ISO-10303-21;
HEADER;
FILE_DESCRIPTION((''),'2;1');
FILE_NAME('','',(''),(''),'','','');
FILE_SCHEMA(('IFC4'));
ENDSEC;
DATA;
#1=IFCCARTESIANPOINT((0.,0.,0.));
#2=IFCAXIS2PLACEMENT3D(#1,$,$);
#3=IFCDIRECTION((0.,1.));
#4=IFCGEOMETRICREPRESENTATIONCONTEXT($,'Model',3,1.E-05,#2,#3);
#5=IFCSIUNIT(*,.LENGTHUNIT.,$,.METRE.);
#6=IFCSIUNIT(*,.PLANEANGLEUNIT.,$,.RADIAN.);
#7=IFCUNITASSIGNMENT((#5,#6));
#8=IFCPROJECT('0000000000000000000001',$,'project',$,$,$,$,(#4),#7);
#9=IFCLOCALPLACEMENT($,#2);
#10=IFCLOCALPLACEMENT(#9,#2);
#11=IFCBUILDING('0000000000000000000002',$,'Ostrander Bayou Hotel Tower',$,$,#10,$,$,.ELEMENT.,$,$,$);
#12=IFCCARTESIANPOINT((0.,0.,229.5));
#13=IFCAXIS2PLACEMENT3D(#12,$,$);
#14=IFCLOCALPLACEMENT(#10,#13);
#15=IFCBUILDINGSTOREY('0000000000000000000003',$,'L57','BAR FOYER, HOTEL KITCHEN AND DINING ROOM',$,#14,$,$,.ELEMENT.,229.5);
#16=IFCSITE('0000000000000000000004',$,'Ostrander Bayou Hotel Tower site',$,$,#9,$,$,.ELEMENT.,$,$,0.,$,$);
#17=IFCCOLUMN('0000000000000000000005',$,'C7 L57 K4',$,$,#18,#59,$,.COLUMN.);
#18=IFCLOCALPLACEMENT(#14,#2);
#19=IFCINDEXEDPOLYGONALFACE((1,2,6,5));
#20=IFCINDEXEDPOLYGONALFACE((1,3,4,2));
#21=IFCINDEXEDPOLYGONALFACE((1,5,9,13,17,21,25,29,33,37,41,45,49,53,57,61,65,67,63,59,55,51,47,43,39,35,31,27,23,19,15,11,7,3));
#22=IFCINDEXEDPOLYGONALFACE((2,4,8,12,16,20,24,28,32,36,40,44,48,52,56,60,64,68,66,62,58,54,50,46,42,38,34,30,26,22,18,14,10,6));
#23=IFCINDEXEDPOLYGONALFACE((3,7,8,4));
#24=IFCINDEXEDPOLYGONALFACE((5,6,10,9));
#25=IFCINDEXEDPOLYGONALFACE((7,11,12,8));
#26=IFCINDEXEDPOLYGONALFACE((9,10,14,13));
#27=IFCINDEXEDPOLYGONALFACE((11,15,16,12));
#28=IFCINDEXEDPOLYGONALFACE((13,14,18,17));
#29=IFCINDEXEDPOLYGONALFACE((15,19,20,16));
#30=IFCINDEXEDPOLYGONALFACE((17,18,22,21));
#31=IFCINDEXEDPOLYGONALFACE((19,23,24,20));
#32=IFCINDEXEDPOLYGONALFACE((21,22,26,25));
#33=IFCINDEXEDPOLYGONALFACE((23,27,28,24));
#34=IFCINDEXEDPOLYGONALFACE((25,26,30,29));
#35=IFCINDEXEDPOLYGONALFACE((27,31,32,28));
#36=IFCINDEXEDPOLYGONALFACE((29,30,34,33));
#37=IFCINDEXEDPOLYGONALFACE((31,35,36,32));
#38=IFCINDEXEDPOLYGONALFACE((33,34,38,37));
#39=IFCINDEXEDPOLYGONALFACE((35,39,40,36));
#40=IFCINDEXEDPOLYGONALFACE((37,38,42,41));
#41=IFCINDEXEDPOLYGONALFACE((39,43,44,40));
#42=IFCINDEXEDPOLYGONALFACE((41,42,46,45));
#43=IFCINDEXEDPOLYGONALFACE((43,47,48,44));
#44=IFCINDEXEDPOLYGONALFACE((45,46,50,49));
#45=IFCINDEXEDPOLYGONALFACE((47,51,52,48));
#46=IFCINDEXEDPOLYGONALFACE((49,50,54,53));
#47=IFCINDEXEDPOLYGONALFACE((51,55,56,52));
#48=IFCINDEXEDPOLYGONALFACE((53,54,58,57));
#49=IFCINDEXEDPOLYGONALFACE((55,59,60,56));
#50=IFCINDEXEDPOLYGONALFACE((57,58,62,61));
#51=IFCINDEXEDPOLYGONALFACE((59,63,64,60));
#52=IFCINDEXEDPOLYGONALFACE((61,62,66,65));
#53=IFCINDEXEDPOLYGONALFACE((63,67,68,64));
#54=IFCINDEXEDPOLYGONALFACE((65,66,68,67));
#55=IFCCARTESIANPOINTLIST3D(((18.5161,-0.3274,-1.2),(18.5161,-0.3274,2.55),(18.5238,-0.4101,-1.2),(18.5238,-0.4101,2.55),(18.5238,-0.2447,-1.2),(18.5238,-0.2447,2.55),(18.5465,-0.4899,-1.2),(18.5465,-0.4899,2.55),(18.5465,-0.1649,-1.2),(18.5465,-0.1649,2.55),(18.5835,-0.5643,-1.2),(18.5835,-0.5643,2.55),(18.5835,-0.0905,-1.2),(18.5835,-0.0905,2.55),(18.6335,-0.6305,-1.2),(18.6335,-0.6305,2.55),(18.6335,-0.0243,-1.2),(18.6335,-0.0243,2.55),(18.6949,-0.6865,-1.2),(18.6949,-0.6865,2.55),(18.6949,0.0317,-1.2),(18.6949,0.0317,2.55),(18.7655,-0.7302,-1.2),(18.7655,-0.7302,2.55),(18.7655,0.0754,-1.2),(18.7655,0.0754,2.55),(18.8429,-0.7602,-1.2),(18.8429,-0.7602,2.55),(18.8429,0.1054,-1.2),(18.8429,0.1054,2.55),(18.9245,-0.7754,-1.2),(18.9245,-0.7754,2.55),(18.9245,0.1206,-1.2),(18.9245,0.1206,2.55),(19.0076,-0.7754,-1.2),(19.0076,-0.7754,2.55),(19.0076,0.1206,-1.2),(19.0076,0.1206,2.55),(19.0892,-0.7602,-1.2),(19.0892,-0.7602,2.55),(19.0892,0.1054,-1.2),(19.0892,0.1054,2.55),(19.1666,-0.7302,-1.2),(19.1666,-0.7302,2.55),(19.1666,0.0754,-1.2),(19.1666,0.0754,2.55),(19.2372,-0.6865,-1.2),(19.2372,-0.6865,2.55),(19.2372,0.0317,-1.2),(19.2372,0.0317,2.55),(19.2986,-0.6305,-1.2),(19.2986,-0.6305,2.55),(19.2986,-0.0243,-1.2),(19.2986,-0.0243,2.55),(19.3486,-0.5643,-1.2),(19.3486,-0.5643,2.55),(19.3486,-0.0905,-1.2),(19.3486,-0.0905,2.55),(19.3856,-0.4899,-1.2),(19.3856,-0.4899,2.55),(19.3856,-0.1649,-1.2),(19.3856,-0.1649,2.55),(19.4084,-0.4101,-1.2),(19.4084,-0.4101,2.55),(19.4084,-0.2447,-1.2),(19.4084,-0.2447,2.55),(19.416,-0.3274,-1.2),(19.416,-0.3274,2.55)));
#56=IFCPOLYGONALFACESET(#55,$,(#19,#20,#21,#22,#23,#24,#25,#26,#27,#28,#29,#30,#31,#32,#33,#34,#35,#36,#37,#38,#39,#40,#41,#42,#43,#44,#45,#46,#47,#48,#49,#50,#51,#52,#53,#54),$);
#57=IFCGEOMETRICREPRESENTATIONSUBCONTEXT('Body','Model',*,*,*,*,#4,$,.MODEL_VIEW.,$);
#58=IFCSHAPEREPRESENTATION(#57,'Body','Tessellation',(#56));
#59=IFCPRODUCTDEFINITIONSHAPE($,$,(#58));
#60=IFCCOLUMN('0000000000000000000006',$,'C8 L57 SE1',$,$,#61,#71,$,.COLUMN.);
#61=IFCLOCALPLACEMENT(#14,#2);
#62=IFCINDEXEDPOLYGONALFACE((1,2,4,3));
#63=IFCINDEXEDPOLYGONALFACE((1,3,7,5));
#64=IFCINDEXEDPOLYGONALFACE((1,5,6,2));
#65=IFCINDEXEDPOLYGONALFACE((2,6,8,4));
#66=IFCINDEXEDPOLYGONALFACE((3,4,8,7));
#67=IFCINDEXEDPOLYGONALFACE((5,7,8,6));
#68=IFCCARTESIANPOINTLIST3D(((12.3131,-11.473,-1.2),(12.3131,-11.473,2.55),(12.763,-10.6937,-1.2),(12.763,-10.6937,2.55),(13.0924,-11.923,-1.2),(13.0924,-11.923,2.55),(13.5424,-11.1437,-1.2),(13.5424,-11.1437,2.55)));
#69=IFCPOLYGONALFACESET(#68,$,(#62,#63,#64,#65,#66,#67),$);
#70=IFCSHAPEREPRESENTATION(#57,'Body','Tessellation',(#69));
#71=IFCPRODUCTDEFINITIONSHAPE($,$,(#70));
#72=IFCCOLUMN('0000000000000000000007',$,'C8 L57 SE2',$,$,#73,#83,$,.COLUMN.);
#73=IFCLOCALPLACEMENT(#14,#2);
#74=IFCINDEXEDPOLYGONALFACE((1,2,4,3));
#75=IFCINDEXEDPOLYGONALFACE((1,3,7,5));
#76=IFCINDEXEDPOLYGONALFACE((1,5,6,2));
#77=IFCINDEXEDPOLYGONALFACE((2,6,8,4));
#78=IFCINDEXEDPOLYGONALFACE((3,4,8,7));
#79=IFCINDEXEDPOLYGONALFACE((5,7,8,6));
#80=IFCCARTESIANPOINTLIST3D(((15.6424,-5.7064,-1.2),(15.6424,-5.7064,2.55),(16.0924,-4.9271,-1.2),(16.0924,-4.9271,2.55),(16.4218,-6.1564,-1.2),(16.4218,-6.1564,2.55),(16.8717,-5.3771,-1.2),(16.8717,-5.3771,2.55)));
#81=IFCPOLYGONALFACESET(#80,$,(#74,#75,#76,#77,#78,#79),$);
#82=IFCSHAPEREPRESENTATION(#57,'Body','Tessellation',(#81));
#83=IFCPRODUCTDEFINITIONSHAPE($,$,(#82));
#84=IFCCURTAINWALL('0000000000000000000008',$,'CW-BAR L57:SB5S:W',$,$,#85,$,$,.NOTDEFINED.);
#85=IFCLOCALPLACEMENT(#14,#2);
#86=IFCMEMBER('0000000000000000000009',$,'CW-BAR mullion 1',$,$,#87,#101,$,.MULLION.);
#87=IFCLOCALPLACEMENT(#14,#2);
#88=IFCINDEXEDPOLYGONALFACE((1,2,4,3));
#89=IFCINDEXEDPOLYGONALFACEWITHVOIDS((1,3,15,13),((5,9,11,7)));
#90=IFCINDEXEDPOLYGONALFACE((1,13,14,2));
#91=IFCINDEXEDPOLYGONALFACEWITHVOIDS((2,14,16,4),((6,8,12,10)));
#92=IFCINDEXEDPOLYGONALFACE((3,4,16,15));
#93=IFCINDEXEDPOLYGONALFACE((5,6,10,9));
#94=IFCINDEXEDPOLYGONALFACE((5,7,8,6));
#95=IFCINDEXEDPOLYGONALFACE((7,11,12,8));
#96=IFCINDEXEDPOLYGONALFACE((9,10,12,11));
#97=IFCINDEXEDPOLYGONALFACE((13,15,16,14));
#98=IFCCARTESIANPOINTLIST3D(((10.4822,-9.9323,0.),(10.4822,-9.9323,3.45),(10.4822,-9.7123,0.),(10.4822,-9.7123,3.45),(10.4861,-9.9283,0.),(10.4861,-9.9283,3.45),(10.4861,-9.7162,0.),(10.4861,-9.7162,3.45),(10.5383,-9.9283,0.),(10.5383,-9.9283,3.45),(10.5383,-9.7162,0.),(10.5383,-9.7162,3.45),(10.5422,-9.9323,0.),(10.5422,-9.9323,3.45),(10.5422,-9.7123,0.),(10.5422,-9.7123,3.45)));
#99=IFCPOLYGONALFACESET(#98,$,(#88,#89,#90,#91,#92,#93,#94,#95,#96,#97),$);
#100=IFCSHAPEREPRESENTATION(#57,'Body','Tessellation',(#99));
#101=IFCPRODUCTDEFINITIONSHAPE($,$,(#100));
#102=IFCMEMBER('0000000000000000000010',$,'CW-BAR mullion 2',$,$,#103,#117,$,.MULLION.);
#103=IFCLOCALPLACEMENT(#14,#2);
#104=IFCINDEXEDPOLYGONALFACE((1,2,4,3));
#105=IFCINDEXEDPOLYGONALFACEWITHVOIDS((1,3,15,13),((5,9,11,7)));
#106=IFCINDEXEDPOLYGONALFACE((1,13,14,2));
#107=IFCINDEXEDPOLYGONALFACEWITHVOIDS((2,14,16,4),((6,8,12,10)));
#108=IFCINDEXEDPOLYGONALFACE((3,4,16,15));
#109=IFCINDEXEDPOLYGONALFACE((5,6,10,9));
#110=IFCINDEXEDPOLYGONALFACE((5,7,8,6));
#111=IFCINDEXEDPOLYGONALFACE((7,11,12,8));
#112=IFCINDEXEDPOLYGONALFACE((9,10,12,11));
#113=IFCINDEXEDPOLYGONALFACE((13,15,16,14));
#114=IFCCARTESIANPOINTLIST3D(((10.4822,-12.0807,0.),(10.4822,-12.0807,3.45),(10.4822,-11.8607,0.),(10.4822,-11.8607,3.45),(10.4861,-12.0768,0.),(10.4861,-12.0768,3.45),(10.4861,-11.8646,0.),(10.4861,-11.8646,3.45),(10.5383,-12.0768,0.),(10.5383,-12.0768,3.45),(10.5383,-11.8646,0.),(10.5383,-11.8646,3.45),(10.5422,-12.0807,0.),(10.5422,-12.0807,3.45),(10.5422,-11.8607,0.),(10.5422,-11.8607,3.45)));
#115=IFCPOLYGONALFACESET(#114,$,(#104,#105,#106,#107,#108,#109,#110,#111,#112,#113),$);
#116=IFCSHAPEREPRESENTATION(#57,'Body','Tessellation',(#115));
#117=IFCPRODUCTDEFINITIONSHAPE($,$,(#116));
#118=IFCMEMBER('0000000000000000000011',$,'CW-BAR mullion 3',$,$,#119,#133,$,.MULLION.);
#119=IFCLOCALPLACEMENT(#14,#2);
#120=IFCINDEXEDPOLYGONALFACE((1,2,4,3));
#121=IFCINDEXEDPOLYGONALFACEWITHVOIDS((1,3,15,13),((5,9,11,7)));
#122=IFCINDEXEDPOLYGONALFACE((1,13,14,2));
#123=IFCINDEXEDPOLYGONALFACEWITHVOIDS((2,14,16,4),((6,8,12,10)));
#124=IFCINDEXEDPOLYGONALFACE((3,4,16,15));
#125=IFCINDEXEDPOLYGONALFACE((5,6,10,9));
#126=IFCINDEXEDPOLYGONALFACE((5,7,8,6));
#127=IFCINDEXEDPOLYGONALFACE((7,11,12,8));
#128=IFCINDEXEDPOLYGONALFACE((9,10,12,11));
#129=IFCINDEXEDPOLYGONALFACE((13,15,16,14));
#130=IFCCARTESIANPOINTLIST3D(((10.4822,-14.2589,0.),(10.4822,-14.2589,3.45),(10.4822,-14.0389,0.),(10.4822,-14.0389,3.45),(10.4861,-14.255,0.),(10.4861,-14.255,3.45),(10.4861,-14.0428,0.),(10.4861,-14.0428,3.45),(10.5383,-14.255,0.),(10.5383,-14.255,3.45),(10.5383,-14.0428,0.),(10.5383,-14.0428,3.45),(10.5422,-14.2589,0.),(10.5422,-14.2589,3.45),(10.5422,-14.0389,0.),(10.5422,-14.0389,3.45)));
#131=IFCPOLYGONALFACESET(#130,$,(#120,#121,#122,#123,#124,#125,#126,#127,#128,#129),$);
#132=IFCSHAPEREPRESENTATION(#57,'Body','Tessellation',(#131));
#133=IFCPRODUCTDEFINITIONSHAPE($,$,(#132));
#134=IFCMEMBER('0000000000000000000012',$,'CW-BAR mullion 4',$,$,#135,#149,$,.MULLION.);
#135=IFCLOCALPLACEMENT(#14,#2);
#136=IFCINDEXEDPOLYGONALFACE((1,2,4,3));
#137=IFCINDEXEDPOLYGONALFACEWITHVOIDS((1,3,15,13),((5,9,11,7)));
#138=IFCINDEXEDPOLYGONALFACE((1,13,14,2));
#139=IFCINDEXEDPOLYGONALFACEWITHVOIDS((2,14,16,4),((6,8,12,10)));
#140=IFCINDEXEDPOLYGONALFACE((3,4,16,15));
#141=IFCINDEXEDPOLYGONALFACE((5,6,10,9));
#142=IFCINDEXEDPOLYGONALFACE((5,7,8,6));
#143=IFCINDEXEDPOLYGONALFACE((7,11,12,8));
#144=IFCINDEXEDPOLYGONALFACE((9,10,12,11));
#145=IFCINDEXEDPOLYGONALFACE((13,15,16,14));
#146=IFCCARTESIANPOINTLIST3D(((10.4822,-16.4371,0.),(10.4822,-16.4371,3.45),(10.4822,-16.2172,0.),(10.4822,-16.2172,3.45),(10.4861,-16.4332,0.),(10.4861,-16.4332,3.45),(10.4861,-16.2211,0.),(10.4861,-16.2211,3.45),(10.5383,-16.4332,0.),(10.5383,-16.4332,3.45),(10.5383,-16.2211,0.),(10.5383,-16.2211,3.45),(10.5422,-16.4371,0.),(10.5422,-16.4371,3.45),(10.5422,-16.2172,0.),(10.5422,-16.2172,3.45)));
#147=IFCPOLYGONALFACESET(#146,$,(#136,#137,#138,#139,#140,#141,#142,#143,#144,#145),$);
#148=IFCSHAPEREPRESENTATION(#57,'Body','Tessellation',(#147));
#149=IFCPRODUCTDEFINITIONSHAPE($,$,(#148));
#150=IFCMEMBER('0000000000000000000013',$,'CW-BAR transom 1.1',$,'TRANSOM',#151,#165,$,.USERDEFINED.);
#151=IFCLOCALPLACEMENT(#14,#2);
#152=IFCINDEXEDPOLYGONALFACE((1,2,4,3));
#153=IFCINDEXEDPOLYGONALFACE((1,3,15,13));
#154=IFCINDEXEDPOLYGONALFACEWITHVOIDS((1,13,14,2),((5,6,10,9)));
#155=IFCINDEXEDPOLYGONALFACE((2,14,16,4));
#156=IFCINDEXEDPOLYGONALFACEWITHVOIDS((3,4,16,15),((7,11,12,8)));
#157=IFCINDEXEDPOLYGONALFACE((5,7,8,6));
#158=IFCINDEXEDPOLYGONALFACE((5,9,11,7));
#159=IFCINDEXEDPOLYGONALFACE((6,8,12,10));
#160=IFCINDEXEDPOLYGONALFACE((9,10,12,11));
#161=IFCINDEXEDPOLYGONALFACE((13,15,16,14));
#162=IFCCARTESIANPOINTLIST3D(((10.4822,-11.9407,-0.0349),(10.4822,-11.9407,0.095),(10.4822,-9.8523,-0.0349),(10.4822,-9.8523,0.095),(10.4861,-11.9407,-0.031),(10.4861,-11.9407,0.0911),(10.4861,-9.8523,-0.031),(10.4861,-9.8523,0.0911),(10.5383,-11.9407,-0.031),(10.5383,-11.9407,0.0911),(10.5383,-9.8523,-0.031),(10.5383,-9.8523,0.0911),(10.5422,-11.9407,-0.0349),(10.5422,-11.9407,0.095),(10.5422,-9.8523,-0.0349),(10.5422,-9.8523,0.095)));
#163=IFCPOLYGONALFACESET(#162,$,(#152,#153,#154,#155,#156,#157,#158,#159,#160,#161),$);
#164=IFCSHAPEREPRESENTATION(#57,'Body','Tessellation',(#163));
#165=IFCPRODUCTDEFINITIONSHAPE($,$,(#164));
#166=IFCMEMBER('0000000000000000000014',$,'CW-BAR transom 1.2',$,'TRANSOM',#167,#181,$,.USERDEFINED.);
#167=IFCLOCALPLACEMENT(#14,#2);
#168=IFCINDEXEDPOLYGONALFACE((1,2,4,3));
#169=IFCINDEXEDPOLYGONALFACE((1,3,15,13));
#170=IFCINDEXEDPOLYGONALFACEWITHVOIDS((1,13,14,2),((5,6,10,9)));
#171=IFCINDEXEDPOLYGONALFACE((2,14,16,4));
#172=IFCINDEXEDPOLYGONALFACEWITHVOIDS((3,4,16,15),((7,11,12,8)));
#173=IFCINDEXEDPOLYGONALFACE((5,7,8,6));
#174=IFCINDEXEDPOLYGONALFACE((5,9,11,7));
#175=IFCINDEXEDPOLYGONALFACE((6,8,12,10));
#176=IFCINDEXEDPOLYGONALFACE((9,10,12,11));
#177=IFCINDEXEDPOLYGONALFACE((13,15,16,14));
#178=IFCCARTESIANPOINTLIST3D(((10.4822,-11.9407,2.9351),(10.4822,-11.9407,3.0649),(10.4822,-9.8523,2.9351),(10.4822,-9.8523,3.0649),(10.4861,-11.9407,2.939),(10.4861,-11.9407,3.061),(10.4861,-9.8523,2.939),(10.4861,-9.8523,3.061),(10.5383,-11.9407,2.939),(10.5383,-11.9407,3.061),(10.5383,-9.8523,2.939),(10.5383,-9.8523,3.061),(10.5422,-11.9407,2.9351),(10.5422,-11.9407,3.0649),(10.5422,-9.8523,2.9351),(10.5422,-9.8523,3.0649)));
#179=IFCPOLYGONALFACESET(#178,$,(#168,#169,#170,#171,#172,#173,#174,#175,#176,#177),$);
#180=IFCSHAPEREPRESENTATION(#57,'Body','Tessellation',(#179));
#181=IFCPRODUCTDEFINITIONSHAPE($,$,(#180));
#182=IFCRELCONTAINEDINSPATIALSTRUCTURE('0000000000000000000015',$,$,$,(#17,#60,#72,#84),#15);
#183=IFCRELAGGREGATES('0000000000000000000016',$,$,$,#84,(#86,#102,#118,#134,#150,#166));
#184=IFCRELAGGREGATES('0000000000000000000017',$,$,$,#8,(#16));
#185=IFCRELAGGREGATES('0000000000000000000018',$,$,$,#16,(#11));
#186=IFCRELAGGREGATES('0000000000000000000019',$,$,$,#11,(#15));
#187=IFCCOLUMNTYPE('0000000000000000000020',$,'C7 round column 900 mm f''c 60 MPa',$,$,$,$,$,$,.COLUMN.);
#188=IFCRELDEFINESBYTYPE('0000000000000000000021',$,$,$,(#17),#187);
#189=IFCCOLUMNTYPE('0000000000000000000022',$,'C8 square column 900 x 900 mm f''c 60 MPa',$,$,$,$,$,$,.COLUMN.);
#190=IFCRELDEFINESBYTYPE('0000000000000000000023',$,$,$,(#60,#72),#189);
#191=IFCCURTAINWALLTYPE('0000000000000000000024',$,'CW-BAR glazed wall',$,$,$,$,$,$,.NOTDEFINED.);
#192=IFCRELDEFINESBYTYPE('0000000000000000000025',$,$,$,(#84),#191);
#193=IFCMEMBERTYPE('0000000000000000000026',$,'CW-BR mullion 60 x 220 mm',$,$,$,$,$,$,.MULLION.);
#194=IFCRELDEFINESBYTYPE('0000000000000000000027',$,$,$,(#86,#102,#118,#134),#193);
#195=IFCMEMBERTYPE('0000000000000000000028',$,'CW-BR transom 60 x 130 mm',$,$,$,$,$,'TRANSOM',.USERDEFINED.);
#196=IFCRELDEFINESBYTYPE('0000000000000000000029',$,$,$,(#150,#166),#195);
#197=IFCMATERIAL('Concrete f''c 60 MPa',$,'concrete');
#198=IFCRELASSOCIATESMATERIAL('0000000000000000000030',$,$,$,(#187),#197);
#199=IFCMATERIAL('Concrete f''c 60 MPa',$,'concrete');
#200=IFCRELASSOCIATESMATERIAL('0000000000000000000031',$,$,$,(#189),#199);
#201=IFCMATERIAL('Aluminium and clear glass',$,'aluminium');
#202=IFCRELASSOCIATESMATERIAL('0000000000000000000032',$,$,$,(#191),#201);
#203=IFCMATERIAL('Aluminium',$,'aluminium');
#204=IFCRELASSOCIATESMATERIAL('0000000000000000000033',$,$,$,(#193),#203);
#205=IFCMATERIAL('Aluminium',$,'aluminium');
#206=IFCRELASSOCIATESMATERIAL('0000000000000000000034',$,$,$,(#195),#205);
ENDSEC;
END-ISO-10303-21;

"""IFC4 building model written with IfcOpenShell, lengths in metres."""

from ifc_helpers import new_model, si_unit, direction, frame, origin, origin_2d, place, context, subcontext, project, spatial, rectangle, hollow_rectangle, circle, extrude, material, material_profile, profile_set, type_object, element, aggregate, save


model = new_model("IFC4")

# Units and contexts
model_context = context("Model", 3, precision=1e-05, world=origin(), true_north=direction((0.0, 1.0)))
body_context = subcontext(model_context, "Body", "Model", "MODEL_VIEW")
ifc_project = project(units=[si_unit("LENGTHUNIT", "METRE"), si_unit("PLANEANGLEUNIT", "RADIAN")], contexts=[model_context])

# Site, building, storey
site_placement = place(None, origin())
site = spatial("IfcSite", under=ifc_project, at=site_placement, Name="Ostrander Bayou Hotel Tower site", CompositionType="ELEMENT", RefElevation=0.0)
building_placement = place(site_placement, origin())
building = spatial("IfcBuilding", under=site, at=building_placement, Name="Ostrander Bayou Hotel Tower", CompositionType="ELEMENT")
storey_placement = place(building_placement, frame((0.0, 0.0, 229.5)))
storey = spatial("IfcBuildingStorey", under=building, at=storey_placement, Name="L57", Description="BAR FOYER, HOTEL KITCHEN AND DINING ROOM", CompositionType="ELEMENT", Elevation=229.5)

# Columns
ifc_material_1 = material(Name="Concrete f'c 60 MPa", Category="concrete")
ifc_material_profile_1 = material_profile(ifc_material_1, circle(Radius=0.45, at=origin_2d()))
ifc_profile_set_1 = profile_set([ifc_material_profile_1], Name="Concrete f'c 60 MPa")
column_type_1 = type_object("IfcColumnType", Name="C7 round column 900 mm f'c 60 MPa", PredefinedType="COLUMN", material=ifc_profile_set_1)
column_placement = place(storey_placement, frame((18.9661, -0.3274, -1.2), z_axis=(0.0, 0.0, 1.0), x_axis=(1.0, 0.0, 0.0)))
element("IfcColumn", 1, at=column_placement, inside=storey, type_object=column_type_1, Name="C7 L57 K4", PredefinedType="COLUMN", context=body_context, shape_type="SweptSolid", body=[
    extrude(circle(Radius=0.45, at=origin_2d()), origin(), (0.0, 0.0, 1.0), 3.75),
])
ifc_material_2 = material(Name="Concrete f'c 60 MPa", Category="concrete")
ifc_material_profile_2 = material_profile(ifc_material_2, rectangle(XDim=0.8999, YDim=0.8999, at=origin_2d()))
ifc_profile_set_2 = profile_set([ifc_material_profile_2], Name="Concrete f'c 60 MPa")
column_type_2 = type_object("IfcColumnType", Name="C8 square column 900 x 900 mm f'c 60 MPa", PredefinedType="COLUMN", material=ifc_profile_set_2)
for number, where, z_axis, x_axis, name in (
    (2, (12.9277, -11.3083, -1.2), (0.0, 0.0, 1.0), (-0.5, -0.866025, 0.0), "C8 L57 SE1"),
    (3, (16.2571, -5.5417, -1.2), (0.0, 0.0, 1.0), (-0.5, -0.866025, 0.0), "C8 L57 SE2"),
):
    element("IfcColumn", number, at=place(storey_placement, frame(where, z_axis=z_axis, x_axis=x_axis)), inside=storey, type_object=column_type_2, Name=name, PredefinedType="COLUMN", context=body_context, shape_type="SweptSolid", body=[
        extrude(rectangle(XDim=0.8999, YDim=0.8999, at=origin_2d()), origin(), (0.0, 0.0, 1.0), 3.75),
    ])

# Curtain wall, members
ifc_material_3 = material(Name="Aluminium and clear glass", Category="aluminium")
curtain_wall_type = type_object("IfcCurtainWallType", Name="CW-BAR glazed wall", PredefinedType="NOTDEFINED", material=ifc_material_3)
curtain_wall_placement = place(storey_placement, origin())
curtain_wall = element("IfcCurtainWall", 4, at=curtain_wall_placement, inside=storey, type_object=curtain_wall_type, Name="CW-BAR L57:SB5S:W", PredefinedType="NOTDEFINED")
ifc_material_4 = material(Name="Aluminium", Category="aluminium")
ifc_material_profile_3 = material_profile(ifc_material_4, hollow_rectangle(XDim=0.0601, YDim=0.22, WallThickness=0.0039, at=origin_2d()))
ifc_profile_set_3 = profile_set([ifc_material_profile_3], Name="Aluminium")
member_type_1 = type_object("IfcMemberType", Name="CW-BR mullion 60 x 220 mm", PredefinedType="MULLION", material=ifc_profile_set_3)
member_1_placement = place(storey_placement, frame((10.5122, -9.8223, 0.0), z_axis=(0.0, 0.0, 1.0), x_axis=(1.0, 0.0, 0.0)))
member_1 = element("IfcMember", 5, at=member_1_placement, type_object=member_type_1, Name="CW-BAR mullion 1", PredefinedType="MULLION", context=body_context, shape_type="SweptSolid", body=[
    extrude(hollow_rectangle(XDim=0.0601, YDim=0.22, WallThickness=0.0039, at=origin_2d()), origin(), (0.0, 0.0, 1.0), 3.45),
])
member_2_placement = place(storey_placement, frame((10.5122, -11.9707, 0.0), z_axis=(0.0, 0.0, 1.0), x_axis=(1.0, 0.0, 0.0)))
member_2 = element("IfcMember", 6, at=member_2_placement, type_object=member_type_1, Name="CW-BAR mullion 2", PredefinedType="MULLION", context=body_context, shape_type="SweptSolid", body=[
    extrude(hollow_rectangle(XDim=0.0601, YDim=0.22, WallThickness=0.0039, at=origin_2d()), origin(), (0.0, 0.0, 1.0), 3.45),
])
member_3_placement = place(storey_placement, frame((10.5122, -14.1489, 0.0), z_axis=(0.0, 0.0, 1.0), x_axis=(1.0, 0.0, 0.0)))
member_3 = element("IfcMember", 7, at=member_3_placement, type_object=member_type_1, Name="CW-BAR mullion 3", PredefinedType="MULLION", context=body_context, shape_type="SweptSolid", body=[
    extrude(hollow_rectangle(XDim=0.0601, YDim=0.22, WallThickness=0.0039, at=origin_2d()), origin(), (0.0, 0.0, 1.0), 3.45),
])
member_4_placement = place(storey_placement, frame((10.5122, -16.3271, 0.0), z_axis=(0.0, 0.0, 1.0), x_axis=(1.0, 0.0, 0.0)))
member_4 = element("IfcMember", 8, at=member_4_placement, type_object=member_type_1, Name="CW-BAR mullion 4", PredefinedType="MULLION", context=body_context, shape_type="SweptSolid", body=[
    extrude(hollow_rectangle(XDim=0.0601, YDim=0.22, WallThickness=0.0039, at=origin_2d()), origin(), (0.0, 0.0, 1.0), 3.45),
])
ifc_material_5 = material(Name="Aluminium", Category="aluminium")
ifc_material_profile_4 = material_profile(ifc_material_5, hollow_rectangle(XDim=0.0601, YDim=0.1299, WallThickness=0.0039, at=origin_2d()))
ifc_profile_set_4 = profile_set([ifc_material_profile_4], Name="Aluminium")
member_type_2 = type_object("IfcMemberType", Name="CW-BR transom 60 x 130 mm", ElementType="TRANSOM", PredefinedType="USERDEFINED", material=ifc_profile_set_4)
member_5_placement = place(storey_placement, frame((10.5122, -9.8523, 0.03), z_axis=(0.0, -1.0, 0.0), x_axis=(1.0, 0.0, 0.0)))
member_5 = element("IfcMember", 9, at=member_5_placement, type_object=member_type_2, Name="CW-BAR transom 1.1", ObjectType="TRANSOM", PredefinedType="USERDEFINED", context=body_context, shape_type="SweptSolid", body=[
    extrude(hollow_rectangle(XDim=0.0601, YDim=0.1299, WallThickness=0.0039, at=origin_2d()), origin(), (0.0, 0.0, 1.0), 2.0884),
])
member_6_placement = place(storey_placement, frame((10.5122, -9.8523, 3.0), z_axis=(0.0, -1.0, 0.0), x_axis=(1.0, 0.0, 0.0)))
member_6 = element("IfcMember", 10, at=member_6_placement, type_object=member_type_2, Name="CW-BAR transom 1.2", ObjectType="TRANSOM", PredefinedType="USERDEFINED", context=body_context, shape_type="SweptSolid", body=[
    extrude(hollow_rectangle(XDim=0.0601, YDim=0.1299, WallThickness=0.0039, at=origin_2d()), origin(), (0.0, 0.0, 1.0), 2.0884),
])

aggregate(curtain_wall, [member_1, member_2, member_3, member_4, member_5, member_6])

save(model, "model.ifc")
